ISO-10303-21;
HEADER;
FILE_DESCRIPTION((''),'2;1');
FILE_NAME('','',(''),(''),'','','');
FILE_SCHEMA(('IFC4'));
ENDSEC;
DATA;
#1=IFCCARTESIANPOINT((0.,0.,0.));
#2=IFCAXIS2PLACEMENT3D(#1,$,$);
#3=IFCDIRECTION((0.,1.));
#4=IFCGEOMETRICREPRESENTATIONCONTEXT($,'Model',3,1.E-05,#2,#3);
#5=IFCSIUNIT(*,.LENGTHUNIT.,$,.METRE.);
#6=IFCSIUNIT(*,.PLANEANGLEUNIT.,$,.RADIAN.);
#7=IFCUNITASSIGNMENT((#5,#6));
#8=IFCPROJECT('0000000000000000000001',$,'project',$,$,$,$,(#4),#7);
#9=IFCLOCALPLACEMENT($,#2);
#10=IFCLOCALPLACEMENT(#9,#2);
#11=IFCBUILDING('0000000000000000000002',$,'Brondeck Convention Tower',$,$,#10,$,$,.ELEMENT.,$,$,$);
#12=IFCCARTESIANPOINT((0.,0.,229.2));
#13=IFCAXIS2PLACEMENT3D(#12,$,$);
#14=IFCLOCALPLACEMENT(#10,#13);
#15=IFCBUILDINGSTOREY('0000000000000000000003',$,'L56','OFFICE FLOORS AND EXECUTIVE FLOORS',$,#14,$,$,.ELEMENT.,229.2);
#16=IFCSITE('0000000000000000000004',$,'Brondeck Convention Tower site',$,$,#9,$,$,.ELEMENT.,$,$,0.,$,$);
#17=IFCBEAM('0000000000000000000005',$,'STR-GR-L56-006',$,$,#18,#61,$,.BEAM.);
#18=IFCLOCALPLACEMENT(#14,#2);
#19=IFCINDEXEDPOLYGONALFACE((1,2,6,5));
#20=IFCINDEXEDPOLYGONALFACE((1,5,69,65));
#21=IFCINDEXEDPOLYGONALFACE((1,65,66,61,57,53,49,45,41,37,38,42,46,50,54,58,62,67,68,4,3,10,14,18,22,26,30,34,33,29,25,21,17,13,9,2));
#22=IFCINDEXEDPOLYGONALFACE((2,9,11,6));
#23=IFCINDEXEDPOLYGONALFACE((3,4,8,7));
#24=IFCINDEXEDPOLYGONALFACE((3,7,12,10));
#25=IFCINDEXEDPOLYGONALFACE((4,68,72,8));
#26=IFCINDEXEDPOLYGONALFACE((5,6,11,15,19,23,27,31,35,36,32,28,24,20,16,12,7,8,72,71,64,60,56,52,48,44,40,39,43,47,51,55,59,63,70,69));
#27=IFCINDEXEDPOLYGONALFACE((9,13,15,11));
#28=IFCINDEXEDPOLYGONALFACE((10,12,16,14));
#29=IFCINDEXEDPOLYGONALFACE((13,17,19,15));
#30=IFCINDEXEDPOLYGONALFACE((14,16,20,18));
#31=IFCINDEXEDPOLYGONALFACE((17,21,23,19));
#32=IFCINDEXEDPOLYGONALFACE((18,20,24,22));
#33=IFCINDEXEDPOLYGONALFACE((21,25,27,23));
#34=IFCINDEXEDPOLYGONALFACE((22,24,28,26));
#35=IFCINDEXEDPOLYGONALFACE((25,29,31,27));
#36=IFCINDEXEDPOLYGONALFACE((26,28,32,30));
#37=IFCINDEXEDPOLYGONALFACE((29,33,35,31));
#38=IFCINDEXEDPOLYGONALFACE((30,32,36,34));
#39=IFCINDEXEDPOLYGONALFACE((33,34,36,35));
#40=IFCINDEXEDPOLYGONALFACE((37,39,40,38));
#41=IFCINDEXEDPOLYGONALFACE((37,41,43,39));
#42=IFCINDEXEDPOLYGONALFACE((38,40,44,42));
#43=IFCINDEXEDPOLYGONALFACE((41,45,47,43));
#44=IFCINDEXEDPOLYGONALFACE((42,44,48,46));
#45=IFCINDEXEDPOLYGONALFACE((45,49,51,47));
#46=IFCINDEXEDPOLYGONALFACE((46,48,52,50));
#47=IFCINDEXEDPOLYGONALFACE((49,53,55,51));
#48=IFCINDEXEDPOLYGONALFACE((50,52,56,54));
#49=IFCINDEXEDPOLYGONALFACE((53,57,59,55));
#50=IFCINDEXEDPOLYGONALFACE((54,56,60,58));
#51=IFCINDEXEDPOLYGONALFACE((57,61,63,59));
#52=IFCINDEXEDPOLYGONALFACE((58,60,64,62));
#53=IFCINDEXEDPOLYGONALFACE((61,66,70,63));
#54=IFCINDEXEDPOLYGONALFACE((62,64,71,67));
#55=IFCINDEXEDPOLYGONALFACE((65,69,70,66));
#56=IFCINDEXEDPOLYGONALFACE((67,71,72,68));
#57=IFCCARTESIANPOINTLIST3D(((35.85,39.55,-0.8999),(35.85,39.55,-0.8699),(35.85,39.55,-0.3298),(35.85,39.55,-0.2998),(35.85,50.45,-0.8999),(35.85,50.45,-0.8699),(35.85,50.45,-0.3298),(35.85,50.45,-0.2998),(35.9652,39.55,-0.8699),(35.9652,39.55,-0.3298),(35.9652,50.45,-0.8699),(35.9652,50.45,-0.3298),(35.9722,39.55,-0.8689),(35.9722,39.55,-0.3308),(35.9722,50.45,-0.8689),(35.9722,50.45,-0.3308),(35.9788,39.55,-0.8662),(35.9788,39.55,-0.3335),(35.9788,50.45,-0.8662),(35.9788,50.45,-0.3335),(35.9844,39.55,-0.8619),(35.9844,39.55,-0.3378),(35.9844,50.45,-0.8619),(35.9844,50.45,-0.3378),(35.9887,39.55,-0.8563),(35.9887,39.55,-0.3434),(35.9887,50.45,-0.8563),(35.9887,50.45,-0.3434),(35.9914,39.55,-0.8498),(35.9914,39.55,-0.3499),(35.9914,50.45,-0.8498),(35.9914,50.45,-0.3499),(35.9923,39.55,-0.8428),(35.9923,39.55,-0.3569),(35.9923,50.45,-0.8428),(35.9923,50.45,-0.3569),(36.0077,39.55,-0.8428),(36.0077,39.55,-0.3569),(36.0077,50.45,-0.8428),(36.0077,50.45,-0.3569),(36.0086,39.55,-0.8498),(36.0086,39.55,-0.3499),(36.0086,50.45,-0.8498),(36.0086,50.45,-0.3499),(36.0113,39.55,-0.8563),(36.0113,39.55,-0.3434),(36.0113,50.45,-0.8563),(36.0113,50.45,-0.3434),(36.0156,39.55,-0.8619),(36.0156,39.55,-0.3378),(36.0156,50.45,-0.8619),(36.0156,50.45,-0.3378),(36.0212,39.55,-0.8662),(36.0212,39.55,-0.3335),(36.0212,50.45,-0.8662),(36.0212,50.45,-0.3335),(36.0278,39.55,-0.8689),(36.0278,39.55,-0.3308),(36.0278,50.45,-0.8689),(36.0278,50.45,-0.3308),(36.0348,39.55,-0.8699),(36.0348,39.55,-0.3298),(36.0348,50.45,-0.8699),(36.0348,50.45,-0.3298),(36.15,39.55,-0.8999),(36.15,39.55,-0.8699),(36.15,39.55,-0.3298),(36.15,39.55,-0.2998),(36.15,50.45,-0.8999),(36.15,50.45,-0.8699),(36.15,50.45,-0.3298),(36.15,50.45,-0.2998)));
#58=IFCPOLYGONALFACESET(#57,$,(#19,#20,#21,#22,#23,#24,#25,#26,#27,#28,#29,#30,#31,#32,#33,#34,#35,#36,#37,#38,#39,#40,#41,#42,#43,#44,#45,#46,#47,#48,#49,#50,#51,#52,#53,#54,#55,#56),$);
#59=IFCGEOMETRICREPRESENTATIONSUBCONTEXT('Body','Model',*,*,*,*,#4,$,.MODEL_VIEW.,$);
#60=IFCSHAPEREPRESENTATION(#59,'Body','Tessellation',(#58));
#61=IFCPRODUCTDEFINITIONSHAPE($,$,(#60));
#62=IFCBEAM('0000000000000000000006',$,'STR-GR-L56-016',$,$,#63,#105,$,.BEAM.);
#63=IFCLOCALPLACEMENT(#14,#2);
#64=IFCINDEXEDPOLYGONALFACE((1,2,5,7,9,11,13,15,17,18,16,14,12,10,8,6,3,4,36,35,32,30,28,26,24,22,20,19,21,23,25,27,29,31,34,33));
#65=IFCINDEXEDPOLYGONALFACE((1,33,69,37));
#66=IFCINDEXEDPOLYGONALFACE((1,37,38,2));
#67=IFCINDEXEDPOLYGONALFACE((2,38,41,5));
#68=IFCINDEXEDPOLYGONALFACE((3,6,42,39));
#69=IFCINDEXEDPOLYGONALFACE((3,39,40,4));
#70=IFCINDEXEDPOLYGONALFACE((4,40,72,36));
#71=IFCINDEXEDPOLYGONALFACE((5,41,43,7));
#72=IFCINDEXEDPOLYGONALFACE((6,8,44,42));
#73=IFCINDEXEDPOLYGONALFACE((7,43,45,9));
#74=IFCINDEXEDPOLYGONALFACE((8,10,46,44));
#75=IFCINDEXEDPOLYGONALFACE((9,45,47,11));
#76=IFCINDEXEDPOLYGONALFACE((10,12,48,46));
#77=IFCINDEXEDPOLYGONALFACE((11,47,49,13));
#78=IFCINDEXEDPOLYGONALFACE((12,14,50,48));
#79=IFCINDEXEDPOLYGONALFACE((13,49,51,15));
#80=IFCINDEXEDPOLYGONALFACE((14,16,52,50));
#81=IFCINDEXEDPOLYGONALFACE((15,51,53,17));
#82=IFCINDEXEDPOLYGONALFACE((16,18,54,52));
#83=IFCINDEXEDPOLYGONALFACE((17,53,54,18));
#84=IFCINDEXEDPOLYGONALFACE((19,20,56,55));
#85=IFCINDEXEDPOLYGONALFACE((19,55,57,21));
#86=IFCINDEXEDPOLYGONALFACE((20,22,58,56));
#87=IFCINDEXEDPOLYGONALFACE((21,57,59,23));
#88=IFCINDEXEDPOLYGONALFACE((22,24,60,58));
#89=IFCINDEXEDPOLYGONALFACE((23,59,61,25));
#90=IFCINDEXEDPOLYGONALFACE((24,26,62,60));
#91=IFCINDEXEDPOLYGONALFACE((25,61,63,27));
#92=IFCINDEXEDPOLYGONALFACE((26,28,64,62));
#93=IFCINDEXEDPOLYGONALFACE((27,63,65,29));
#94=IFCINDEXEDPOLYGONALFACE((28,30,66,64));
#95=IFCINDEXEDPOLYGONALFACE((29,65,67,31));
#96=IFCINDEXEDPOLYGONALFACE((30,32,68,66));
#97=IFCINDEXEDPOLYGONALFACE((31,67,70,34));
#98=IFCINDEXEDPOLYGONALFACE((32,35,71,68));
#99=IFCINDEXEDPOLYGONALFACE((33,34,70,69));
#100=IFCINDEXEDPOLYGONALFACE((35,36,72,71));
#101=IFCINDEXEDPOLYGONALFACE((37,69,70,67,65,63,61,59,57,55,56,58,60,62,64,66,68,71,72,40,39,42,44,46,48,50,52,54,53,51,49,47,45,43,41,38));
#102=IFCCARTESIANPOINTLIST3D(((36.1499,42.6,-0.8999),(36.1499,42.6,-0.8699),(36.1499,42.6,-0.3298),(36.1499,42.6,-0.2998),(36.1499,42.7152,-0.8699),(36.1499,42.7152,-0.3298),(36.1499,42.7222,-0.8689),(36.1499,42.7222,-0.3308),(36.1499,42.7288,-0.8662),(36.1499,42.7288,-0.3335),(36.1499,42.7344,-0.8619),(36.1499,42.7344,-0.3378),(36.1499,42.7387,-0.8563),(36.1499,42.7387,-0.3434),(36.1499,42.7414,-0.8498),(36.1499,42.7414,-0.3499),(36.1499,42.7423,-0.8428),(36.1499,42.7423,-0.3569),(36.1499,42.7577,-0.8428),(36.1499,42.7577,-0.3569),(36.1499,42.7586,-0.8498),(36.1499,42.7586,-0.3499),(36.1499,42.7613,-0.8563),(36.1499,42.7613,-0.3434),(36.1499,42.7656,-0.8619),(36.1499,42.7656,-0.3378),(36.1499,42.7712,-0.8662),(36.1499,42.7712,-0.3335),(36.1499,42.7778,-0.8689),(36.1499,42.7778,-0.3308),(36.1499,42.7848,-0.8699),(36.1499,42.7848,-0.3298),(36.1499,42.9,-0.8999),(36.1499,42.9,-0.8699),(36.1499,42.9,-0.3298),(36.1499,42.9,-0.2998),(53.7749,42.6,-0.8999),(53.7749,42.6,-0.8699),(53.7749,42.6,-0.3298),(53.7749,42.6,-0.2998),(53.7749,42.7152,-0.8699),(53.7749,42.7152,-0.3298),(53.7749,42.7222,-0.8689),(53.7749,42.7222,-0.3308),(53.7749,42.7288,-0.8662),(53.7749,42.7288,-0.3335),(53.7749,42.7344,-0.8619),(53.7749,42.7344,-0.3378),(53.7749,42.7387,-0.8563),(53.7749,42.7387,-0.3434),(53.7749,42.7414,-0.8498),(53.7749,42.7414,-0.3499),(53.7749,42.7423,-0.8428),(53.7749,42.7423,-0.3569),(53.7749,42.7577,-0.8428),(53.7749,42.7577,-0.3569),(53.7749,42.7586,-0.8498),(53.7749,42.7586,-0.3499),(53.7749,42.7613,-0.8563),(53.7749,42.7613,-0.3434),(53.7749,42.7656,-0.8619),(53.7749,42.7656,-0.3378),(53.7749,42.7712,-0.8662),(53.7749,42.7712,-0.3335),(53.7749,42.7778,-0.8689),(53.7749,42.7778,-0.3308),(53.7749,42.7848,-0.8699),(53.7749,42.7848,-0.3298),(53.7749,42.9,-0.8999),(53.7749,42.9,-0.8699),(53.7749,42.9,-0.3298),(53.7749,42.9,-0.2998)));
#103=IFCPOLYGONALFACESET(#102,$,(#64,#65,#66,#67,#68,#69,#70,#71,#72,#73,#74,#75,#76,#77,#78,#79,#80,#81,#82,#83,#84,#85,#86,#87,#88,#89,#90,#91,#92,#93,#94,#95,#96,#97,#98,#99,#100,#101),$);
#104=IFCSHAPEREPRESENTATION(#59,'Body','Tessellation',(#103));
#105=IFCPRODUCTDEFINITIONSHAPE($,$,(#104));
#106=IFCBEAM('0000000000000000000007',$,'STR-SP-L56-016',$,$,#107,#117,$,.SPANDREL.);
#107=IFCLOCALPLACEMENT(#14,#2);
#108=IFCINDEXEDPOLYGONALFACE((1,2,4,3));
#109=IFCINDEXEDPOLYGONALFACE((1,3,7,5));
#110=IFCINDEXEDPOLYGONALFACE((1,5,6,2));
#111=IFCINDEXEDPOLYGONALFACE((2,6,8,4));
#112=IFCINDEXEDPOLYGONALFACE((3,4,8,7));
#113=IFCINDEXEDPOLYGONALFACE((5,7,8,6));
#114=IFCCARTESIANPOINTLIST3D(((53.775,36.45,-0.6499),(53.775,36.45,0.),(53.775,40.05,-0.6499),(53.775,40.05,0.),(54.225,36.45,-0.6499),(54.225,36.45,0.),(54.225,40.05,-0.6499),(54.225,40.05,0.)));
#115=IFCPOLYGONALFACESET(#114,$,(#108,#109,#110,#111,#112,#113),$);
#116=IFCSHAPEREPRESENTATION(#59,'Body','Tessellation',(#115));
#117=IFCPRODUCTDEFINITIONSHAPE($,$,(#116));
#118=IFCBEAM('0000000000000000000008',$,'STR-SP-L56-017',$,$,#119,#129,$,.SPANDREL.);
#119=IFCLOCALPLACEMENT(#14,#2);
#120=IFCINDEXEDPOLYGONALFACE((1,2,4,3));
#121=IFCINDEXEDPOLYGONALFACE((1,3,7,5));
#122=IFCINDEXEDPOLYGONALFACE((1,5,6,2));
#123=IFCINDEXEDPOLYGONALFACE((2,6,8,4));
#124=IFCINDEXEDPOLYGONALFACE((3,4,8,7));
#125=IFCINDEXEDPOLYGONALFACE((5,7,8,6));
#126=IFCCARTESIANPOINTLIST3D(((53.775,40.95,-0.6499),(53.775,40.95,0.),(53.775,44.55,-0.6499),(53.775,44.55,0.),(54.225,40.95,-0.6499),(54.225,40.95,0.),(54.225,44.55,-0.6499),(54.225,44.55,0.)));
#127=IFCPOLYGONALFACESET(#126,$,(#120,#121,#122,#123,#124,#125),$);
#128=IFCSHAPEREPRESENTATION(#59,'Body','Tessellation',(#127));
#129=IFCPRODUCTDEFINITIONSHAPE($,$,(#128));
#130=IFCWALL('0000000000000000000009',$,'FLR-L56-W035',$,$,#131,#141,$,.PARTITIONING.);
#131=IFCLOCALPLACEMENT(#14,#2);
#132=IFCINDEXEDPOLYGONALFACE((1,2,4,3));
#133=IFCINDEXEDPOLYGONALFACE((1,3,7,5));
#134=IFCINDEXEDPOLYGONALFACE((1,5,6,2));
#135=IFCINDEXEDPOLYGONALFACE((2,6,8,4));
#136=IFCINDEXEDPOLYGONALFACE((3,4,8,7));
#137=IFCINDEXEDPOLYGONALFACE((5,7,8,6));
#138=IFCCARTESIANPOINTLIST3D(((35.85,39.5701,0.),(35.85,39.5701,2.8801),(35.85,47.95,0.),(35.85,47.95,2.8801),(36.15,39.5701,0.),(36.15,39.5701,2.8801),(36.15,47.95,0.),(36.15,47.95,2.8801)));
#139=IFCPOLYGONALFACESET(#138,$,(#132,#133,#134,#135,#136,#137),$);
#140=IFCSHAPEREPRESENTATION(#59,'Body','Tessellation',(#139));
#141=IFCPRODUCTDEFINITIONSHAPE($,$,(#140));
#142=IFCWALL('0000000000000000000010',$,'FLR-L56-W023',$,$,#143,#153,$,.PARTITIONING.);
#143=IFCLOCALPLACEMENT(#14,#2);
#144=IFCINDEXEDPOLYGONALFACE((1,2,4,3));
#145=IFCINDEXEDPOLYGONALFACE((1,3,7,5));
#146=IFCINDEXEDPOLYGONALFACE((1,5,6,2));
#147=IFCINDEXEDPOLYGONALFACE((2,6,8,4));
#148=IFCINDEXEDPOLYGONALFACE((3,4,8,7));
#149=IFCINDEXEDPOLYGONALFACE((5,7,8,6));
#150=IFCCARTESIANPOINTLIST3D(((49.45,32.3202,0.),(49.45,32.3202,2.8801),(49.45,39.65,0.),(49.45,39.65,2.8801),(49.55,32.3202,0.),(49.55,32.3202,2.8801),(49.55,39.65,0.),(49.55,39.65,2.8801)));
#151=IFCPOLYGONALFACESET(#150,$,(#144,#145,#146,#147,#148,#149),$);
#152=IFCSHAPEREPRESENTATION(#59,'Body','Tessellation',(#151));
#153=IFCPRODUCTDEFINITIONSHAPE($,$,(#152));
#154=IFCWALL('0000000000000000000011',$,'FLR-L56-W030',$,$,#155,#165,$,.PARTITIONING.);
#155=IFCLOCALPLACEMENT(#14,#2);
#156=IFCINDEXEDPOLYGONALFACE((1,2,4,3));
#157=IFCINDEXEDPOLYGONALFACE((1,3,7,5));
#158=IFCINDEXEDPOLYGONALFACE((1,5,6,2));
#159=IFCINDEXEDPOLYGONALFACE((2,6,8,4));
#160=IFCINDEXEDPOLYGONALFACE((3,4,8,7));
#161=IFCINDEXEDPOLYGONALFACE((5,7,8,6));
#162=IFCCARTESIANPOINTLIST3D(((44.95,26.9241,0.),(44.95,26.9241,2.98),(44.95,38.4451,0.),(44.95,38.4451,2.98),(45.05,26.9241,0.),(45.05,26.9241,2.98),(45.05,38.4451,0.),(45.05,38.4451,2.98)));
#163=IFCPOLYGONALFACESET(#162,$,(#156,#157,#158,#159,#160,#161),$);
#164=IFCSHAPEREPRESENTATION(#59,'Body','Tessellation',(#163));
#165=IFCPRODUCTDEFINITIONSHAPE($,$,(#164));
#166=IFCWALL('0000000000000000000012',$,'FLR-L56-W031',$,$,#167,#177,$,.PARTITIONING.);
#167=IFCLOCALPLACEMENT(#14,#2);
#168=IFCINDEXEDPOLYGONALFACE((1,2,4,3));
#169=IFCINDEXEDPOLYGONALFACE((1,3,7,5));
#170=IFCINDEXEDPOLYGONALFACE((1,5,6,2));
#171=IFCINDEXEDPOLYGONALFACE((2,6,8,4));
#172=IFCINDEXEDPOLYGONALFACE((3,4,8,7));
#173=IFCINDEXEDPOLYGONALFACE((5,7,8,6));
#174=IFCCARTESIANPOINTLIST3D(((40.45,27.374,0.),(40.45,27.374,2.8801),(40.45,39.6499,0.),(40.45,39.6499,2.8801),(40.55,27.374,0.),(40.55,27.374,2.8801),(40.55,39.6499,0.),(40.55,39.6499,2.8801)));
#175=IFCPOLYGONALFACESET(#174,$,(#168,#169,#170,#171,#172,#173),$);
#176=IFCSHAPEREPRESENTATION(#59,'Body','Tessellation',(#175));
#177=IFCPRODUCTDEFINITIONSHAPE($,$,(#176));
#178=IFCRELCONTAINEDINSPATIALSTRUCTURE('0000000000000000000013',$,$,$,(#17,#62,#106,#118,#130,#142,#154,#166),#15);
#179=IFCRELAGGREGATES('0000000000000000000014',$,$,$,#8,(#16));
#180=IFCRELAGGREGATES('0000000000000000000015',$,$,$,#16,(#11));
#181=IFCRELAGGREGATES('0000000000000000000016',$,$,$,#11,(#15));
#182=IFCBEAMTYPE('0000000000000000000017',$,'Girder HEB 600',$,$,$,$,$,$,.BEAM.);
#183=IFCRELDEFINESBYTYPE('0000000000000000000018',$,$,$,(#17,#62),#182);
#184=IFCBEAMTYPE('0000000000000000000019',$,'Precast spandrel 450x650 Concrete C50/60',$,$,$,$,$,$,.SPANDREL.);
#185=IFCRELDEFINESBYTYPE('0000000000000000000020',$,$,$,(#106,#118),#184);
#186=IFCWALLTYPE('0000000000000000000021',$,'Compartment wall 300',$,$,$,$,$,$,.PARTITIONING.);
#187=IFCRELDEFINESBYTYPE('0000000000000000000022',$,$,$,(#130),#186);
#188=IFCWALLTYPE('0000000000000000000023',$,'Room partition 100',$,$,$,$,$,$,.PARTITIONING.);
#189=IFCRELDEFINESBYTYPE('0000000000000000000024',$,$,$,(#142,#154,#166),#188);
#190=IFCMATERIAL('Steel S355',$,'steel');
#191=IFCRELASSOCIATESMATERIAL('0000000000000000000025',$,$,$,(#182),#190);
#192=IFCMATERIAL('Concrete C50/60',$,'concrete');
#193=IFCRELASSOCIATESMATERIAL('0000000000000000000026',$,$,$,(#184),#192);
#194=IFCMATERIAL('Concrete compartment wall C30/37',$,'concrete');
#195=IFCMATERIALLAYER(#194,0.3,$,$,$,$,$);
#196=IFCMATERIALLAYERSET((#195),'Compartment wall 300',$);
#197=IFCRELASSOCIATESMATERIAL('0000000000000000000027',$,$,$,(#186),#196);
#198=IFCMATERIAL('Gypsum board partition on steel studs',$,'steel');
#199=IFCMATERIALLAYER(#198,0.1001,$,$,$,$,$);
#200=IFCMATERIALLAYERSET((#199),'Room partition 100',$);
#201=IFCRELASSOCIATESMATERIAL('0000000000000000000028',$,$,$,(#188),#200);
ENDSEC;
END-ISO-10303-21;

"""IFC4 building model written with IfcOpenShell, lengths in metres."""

from ifc_helpers import new_model, si_unit, direction, frame, frame_2d, origin, origin_2d, place, context, subcontext, project, spatial, rectangle, i_section, extrude, material, layer, layer_set, material_profile, profile_set, type_object, element, save


model = new_model("IFC4")

# Units and contexts
model_context = context("Model", 3, precision=1e-05, world=origin(), true_north=direction((0.0, 1.0)))
body_context = subcontext(model_context, "Body", "Model", "MODEL_VIEW")
ifc_project = project(units=[si_unit("LENGTHUNIT", "METRE"), si_unit("PLANEANGLEUNIT", "RADIAN")], contexts=[model_context])

# Site, building, storey
site_placement = place(None, origin())
site = spatial("IfcSite", under=ifc_project, at=site_placement, Name="Brondeck Convention Tower site", CompositionType="ELEMENT", RefElevation=0.0)
building_placement = place(site_placement, origin())
building = spatial("IfcBuilding", under=site, at=building_placement, Name="Brondeck Convention Tower", CompositionType="ELEMENT")
storey_placement = place(building_placement, frame((0.0, 0.0, 229.2)))
storey = spatial("IfcBuildingStorey", under=building, at=storey_placement, Name="L56", Description="OFFICE FLOORS AND EXECUTIVE FLOORS", CompositionType="ELEMENT", Elevation=229.2)

# Shared definitions
ifc_material_1 = material(Name="Concrete C50/60", Category="concrete")

# Beams
ifc_material_2 = material(Name="Steel S355", Category="steel")
ifc_material_profile_1 = material_profile(ifc_material_2, i_section(OverallWidth=0.3, OverallDepth=0.6001, WebThickness=0.0154, FlangeThickness=0.03, FilletRadius=0.0271, at=origin_2d()), Name="HEB 600")
ifc_profile_set_1 = profile_set([ifc_material_profile_1], Name="Steel S355")
beam_type_1 = type_object("IfcBeamType", Name="Girder HEB 600", PredefinedType="BEAM", material=ifc_profile_set_1)
beam_1_placement = place(storey_placement, frame((36.0, 39.55, -0.5999), z_axis=(0.0, 1.0, 0.0), x_axis=(-1.0, 0.0, 0.0)))
element("IfcBeam", 1, at=beam_1_placement, inside=storey, type_object=beam_type_1, Name="STR-GR-L56-006", PredefinedType="BEAM", context=body_context, shape_type="SweptSolid", body=[
    extrude(i_section(OverallWidth=0.3, OverallDepth=0.6001, WebThickness=0.0154, FlangeThickness=0.03, FilletRadius=0.0271, at=origin_2d()), origin(), (0.0, 0.0, 1.0), 10.8999),
])
beam_2_placement = place(storey_placement, frame((36.1499, 42.75, -0.5999), z_axis=(1.0, 0.0, 0.0), x_axis=(0.0, 1.0, 0.0)))
element("IfcBeam", 2, at=beam_2_placement, inside=storey, type_object=beam_type_1, Name="STR-GR-L56-016", PredefinedType="BEAM", context=body_context, shape_type="SweptSolid", body=[
    extrude(i_section(OverallWidth=0.3, OverallDepth=0.6001, WebThickness=0.0154, FlangeThickness=0.03, FilletRadius=0.0271, at=origin_2d()), origin(), (0.0, 0.0, 1.0), 17.625),
])
ifc_material_profile_2 = material_profile(ifc_material_1, rectangle(XDim=0.45, YDim=0.6499, at=origin_2d()), Name="Precast spandrel 450x650 Concrete C50/60")
ifc_profile_set_2 = profile_set([ifc_material_profile_2], Name="Concrete C50/60")
beam_type_2 = type_object("IfcBeamType", Name="Precast spandrel 450x650 Concrete C50/60", PredefinedType="SPANDREL", material=ifc_profile_set_2)
for number, where, z_axis, x_axis, name in (
    (3, (54.0, 36.45, -0.325), (0.0, 1.0, 0.0), (-1.0, 0.0, 0.0), "STR-SP-L56-016"),
    (4, (54.0, 40.95, -0.325), (0.0, 1.0, 0.0), (-1.0, 0.0, 0.0), "STR-SP-L56-017"),
):
    element("IfcBeam", number, at=place(storey_placement, frame(where, z_axis=z_axis, x_axis=x_axis)), inside=storey, type_object=beam_type_2, Name=name, PredefinedType="SPANDREL", context=body_context, shape_type="SweptSolid", body=[
        extrude(rectangle(XDim=0.45, YDim=0.6499, at=origin_2d()), origin(), (0.0, 0.0, 1.0), 3.6001),
    ])

# Walls
ifc_material_3 = material(Name="Concrete compartment wall C30/37", Category="concrete")
ifc_layer_1 = layer(ifc_material_3, 0.3)
ifc_layer_set_1 = layer_set([ifc_layer_1], Name="Compartment wall 300")
wall_type_1 = type_object("IfcWallType", Name="Compartment wall 300", PredefinedType="PARTITIONING", material=ifc_layer_set_1)
wall_1_placement = place(storey_placement, frame((36.0, 39.5701, 0.0), z_axis=(0.0, 0.0, 1.0), x_axis=(0.0, 1.0, 0.0)))
element("IfcWall", 5, at=wall_1_placement, inside=storey, type_object=wall_type_1, Name="FLR-L56-W035", PredefinedType="PARTITIONING", context=body_context, shape_type="SweptSolid", body=[
    extrude(rectangle(XDim=8.3799, YDim=0.3, at=frame_2d((4.1899, 0.0))), origin(), (0.0, 0.0, 1.0), 2.8801),
])
ifc_material_4 = material(Name="Gypsum board partition on steel studs", Category="steel")
ifc_layer_2 = layer(ifc_material_4, 0.1001)
ifc_layer_set_2 = layer_set([ifc_layer_2], Name="Room partition 100")
wall_type_2 = type_object("IfcWallType", Name="Room partition 100", PredefinedType="PARTITIONING", material=ifc_layer_set_2)
wall_2_placement = place(storey_placement, frame((49.5, 32.3201, 0.0), z_axis=(0.0, 0.0, 1.0), x_axis=(0.0, 1.0, 0.0)))
element("IfcWall", 6, at=wall_2_placement, inside=storey, type_object=wall_type_2, Name="FLR-L56-W023", PredefinedType="PARTITIONING", context=body_context, shape_type="SweptSolid", body=[
    extrude(rectangle(XDim=7.3298, YDim=0.1001, at=frame_2d((3.665, 0.0))), origin(), (0.0, 0.0, 1.0), 2.8801),
])
wall_3_placement = place(storey_placement, frame((45.0, 38.4451, 0.0), z_axis=(0.0, 0.0, 1.0), x_axis=(0.0, -1.0, 0.0)))
element("IfcWall", 7, at=wall_3_placement, inside=storey, type_object=wall_type_2, Name="FLR-L56-W030", PredefinedType="PARTITIONING", context=body_context, shape_type="SweptSolid", body=[
    extrude(rectangle(XDim=11.521, YDim=0.1001, at=frame_2d((5.7605, 0.0))), origin(), (0.0, 0.0, 1.0), 2.98),
])
wall_4_placement = place(storey_placement, frame((40.5, 39.6499, 0.0), z_axis=(0.0, 0.0, 1.0), x_axis=(0.0, -1.0, 0.0)))
element("IfcWall", 8, at=wall_4_placement, inside=storey, type_object=wall_type_2, Name="FLR-L56-W031", PredefinedType="PARTITIONING", context=body_context, shape_type="SweptSolid", body=[
    extrude(rectangle(XDim=12.2759, YDim=0.1001, at=frame_2d((6.1379, 0.0))), origin(), (0.0, 0.0, 1.0), 2.8801),
])

save(model, "model.ifc")
